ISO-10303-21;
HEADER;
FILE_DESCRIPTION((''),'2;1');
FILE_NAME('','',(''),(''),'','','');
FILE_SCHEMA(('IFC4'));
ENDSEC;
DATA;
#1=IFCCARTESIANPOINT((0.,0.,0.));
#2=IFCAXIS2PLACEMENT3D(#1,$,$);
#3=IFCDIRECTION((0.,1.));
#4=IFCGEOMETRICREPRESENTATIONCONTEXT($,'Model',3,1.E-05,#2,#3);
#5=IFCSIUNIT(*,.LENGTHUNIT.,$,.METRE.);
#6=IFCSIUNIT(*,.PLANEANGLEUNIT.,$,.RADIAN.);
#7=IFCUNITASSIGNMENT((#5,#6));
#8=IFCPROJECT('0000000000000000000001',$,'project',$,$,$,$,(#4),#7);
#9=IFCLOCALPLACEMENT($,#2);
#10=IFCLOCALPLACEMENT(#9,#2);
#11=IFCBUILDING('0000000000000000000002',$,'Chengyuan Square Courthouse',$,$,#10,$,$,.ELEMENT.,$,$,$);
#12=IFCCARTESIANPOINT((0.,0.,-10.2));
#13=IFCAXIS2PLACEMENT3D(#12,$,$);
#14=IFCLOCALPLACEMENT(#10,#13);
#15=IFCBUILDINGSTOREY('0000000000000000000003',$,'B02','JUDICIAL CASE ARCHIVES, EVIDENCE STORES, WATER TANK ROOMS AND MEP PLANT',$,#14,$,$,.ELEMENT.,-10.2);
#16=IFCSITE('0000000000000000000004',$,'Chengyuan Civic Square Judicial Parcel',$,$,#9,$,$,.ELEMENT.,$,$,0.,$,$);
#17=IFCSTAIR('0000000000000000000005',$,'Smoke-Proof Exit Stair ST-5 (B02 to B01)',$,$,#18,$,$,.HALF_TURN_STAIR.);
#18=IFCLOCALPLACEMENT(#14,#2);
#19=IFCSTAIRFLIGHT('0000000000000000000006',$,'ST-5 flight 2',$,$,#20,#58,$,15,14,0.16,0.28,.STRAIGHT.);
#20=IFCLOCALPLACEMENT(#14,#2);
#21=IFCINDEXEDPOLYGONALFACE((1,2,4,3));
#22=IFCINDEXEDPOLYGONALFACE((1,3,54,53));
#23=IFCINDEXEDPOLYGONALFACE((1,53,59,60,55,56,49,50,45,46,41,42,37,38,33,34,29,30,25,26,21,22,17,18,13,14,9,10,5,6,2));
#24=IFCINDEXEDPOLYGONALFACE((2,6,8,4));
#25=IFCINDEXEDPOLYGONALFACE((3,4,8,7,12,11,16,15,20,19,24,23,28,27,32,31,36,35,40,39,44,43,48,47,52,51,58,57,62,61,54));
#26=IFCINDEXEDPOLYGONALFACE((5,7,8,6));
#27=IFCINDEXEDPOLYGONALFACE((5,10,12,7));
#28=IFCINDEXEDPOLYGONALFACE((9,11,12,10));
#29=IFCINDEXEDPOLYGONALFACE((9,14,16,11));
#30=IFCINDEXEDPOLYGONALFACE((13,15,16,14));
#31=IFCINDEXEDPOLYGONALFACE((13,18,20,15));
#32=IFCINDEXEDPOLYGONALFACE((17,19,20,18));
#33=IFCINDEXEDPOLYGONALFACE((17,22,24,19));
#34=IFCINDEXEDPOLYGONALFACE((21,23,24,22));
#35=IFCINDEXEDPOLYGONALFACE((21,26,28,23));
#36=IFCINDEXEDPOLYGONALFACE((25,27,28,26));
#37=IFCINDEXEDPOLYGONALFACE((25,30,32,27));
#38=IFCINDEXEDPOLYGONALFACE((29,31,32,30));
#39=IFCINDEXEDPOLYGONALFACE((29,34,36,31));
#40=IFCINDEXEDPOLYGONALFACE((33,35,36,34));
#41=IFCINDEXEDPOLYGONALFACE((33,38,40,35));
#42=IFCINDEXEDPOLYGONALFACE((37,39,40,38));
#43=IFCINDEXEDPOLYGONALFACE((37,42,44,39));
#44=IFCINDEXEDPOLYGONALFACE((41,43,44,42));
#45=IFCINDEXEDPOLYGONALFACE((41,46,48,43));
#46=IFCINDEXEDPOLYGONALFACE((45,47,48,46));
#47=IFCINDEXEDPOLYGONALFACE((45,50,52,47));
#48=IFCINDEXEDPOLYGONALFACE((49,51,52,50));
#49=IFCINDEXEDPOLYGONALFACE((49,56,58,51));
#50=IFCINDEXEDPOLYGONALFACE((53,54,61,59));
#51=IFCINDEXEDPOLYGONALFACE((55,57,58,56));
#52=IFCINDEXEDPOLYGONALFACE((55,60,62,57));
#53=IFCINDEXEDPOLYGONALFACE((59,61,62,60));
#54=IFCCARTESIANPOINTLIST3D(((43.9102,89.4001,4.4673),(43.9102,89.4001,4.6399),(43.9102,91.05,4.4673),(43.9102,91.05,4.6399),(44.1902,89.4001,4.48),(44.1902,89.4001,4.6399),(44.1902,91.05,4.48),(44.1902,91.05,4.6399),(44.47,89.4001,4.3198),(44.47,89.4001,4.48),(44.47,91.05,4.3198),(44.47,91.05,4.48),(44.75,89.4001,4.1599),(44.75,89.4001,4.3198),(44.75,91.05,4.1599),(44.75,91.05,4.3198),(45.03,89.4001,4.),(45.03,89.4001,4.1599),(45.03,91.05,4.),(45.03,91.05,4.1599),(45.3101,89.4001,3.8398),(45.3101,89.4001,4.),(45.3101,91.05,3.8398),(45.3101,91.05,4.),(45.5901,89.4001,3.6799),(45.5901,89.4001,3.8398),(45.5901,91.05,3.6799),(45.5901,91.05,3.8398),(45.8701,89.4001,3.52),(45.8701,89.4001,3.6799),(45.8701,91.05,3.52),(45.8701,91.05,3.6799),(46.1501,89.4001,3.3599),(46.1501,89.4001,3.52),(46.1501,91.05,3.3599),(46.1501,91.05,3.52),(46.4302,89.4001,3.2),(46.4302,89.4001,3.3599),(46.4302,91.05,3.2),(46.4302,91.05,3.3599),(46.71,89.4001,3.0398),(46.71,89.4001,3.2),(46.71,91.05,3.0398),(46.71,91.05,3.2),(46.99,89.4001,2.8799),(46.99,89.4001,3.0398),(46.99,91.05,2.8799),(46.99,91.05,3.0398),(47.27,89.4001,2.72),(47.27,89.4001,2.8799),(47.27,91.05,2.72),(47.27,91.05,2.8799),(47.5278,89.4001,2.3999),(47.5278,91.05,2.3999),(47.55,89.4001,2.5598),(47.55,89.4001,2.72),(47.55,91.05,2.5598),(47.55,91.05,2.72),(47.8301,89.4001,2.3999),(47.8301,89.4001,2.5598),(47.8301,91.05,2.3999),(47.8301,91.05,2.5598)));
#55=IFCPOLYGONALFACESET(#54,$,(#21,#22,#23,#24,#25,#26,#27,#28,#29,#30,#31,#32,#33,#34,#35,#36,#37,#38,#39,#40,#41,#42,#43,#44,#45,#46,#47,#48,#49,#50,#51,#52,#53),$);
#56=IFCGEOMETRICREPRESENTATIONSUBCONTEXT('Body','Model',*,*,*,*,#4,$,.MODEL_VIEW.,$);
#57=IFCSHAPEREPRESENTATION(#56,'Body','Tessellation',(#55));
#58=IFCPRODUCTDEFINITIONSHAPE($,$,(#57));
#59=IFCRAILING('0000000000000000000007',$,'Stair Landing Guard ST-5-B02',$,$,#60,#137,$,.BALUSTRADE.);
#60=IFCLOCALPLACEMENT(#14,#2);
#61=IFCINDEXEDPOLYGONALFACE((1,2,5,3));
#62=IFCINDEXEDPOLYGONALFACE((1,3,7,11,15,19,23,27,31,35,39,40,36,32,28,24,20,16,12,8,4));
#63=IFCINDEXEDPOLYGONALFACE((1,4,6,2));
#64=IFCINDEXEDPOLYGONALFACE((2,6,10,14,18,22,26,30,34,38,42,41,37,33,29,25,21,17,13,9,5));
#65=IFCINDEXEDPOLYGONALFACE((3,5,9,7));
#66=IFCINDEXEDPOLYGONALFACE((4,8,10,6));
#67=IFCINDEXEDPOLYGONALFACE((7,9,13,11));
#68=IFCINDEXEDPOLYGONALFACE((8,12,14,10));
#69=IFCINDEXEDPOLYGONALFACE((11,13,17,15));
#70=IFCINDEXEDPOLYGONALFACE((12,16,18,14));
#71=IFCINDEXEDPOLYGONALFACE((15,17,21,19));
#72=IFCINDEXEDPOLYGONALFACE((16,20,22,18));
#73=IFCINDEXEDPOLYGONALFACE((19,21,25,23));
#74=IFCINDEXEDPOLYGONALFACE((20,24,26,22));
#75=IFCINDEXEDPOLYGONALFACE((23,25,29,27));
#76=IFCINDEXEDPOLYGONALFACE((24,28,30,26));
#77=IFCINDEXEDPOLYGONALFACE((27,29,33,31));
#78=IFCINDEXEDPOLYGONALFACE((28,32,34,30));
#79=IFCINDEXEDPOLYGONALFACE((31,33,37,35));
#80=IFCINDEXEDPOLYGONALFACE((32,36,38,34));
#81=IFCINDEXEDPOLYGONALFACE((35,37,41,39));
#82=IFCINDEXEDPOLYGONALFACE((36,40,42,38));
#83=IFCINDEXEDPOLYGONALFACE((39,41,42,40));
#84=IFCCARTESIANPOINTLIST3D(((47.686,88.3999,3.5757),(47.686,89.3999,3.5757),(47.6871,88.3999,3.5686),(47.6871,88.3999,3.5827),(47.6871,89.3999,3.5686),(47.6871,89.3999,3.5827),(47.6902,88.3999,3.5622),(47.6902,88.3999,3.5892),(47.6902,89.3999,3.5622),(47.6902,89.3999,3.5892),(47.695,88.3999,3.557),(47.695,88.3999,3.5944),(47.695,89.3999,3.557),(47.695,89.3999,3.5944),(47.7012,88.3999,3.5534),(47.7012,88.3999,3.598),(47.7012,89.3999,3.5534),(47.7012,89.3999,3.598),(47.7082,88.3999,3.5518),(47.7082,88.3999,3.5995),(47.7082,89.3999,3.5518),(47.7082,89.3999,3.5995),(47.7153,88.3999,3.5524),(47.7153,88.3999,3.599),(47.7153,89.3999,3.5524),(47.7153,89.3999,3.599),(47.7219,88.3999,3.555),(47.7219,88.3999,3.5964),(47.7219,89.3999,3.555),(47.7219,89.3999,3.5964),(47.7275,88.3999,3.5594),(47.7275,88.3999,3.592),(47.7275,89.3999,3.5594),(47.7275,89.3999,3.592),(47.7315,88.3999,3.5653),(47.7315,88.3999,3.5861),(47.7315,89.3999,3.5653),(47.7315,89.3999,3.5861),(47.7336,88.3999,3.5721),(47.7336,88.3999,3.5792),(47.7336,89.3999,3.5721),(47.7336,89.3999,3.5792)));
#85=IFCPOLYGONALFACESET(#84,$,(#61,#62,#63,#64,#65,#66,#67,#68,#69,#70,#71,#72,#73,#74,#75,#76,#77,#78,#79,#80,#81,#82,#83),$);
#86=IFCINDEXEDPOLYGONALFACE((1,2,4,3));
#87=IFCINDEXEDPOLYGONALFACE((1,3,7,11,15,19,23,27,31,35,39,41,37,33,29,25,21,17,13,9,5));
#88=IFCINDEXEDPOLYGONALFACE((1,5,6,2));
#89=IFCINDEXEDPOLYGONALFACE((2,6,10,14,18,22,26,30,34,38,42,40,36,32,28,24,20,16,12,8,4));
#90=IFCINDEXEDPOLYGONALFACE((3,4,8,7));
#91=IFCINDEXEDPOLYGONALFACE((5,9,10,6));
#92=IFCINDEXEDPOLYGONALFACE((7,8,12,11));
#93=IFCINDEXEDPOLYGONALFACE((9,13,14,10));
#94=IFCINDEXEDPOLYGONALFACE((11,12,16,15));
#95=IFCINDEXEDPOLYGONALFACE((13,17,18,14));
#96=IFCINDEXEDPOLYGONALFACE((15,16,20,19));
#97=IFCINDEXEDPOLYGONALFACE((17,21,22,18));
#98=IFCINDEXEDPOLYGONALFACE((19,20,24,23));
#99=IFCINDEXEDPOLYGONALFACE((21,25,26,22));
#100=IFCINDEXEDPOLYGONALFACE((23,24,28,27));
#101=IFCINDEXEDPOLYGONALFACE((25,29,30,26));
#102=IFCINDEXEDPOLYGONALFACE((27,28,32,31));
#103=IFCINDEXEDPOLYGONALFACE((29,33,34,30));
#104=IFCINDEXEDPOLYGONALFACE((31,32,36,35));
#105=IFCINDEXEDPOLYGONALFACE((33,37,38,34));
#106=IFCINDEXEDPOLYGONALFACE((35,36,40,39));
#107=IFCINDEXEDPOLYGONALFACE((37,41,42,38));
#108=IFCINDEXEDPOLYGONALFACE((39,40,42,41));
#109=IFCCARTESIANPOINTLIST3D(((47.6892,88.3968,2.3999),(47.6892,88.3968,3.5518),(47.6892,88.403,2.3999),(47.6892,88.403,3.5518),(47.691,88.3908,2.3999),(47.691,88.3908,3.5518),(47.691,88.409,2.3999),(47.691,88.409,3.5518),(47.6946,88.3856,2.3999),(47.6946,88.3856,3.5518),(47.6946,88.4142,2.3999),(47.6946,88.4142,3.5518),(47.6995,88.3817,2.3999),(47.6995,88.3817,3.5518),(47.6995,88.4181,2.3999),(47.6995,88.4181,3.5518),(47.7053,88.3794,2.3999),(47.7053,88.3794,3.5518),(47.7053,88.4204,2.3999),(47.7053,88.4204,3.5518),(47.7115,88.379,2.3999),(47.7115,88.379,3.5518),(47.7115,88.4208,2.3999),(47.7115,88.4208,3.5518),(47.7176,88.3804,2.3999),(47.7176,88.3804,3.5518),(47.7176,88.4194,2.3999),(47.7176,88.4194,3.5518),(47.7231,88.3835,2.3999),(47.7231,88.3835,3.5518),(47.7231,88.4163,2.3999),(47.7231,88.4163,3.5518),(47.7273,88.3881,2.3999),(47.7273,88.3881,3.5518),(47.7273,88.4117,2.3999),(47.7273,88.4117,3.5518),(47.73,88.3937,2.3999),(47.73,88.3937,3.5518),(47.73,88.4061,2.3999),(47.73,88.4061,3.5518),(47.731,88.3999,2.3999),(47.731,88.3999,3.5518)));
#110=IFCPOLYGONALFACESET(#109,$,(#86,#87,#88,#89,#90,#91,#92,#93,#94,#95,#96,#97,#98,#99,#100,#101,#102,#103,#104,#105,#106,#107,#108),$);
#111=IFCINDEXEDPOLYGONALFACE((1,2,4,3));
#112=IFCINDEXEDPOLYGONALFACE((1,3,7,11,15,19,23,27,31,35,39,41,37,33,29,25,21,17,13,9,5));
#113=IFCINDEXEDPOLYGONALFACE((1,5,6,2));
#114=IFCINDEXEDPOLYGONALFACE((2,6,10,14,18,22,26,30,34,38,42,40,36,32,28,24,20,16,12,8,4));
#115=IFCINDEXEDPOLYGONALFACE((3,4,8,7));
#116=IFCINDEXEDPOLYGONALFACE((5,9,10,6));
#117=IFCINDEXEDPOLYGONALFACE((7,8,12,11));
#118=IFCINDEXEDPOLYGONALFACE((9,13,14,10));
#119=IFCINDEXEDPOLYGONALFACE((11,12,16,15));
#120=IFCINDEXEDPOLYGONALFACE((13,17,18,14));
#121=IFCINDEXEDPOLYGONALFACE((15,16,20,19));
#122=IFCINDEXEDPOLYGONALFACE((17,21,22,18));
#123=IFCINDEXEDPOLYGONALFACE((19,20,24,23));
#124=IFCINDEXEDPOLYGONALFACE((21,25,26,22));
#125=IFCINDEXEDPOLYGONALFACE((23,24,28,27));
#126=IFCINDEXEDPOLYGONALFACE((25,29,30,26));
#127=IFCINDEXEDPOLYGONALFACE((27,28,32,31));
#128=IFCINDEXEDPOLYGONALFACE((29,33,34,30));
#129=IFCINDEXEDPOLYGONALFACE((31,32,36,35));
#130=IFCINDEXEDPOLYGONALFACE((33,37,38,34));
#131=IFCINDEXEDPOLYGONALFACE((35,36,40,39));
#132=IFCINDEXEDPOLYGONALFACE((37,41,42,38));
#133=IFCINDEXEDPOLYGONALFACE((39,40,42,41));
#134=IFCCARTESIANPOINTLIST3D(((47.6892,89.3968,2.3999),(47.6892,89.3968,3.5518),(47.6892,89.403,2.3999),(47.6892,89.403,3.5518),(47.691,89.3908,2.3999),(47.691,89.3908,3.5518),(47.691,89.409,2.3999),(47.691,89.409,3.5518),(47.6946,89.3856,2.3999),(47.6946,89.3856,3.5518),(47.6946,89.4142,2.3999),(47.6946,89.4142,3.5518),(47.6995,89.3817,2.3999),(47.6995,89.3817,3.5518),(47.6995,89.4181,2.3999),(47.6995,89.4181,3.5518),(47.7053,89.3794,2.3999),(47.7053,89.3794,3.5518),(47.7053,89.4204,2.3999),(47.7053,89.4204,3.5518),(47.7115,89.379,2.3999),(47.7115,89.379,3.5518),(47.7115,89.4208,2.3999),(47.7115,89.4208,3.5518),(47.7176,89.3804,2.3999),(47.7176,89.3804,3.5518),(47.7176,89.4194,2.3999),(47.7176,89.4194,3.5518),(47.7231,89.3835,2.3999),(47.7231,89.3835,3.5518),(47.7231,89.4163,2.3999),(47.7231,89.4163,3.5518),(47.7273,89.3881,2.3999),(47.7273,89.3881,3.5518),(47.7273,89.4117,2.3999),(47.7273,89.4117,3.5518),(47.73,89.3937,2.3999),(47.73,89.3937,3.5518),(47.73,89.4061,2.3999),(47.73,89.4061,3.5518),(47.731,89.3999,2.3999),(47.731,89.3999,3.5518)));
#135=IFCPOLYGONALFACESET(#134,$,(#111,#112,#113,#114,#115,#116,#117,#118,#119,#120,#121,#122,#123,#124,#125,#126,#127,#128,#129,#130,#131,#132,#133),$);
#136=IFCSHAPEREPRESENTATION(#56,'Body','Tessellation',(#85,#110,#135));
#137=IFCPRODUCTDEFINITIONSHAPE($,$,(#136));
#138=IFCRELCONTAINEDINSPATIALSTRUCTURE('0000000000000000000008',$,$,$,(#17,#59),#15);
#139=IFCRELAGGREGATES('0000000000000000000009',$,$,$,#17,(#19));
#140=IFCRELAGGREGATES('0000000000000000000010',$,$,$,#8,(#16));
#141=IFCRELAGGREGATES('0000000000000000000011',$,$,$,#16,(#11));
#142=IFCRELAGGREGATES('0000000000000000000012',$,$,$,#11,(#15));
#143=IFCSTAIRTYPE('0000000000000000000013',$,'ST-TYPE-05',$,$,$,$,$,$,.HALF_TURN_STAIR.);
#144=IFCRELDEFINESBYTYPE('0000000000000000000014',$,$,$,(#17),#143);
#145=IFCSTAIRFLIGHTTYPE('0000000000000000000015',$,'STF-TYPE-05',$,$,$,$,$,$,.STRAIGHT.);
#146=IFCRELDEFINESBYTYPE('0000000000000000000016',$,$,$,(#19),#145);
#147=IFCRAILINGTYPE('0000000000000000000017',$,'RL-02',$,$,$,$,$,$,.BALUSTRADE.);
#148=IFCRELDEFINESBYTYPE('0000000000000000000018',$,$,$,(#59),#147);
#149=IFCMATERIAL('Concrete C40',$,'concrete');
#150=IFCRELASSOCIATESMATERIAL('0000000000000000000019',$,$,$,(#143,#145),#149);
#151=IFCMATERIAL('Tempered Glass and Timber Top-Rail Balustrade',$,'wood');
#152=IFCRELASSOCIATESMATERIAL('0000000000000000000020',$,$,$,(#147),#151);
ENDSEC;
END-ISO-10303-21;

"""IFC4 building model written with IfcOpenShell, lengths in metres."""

from ifc_helpers import new_model, si_unit, direction, frame, origin, origin_2d, place, context, subcontext, project, spatial, polyline, circle, outline, extrude, material, type_object, element, aggregate, save


model = new_model("IFC4")

# Units and contexts
model_context = context("Model", 3, precision=1e-05, world=origin(), true_north=direction((0.0, 1.0)))
body_context = subcontext(model_context, "Body", "Model", "MODEL_VIEW")
ifc_project = project(units=[si_unit("LENGTHUNIT", "METRE"), si_unit("PLANEANGLEUNIT", "RADIAN")], contexts=[model_context])

# Site, building, storey
site_placement = place(None, origin())
site = spatial("IfcSite", under=ifc_project, at=site_placement, Name="Chengyuan Civic Square Judicial Parcel", CompositionType="ELEMENT", RefElevation=0.0)
building_placement = place(site_placement, origin())
building = spatial("IfcBuilding", under=site, at=building_placement, Name="Chengyuan Square Courthouse", CompositionType="ELEMENT")
storey_placement = place(building_placement, frame((0.0, 0.0, -10.2)))
storey = spatial("IfcBuildingStorey", under=building, at=storey_placement, Name="B02", Description="JUDICIAL CASE ARCHIVES, EVIDENCE STORES, WATER TANK ROOMS AND MEP PLANT", CompositionType="ELEMENT", Elevation=-10.2)

# Shared definitions
ifc_material_1 = material(Name="Concrete C40", Category="concrete")

# Stair, stair flight
stair_type = type_object("IfcStairType", Name="ST-TYPE-05", PredefinedType="HALF_TURN_STAIR", material=ifc_material_1)
stair_placement = place(storey_placement, origin())
stair = element("IfcStair", 1, at=stair_placement, inside=storey, type_object=stair_type, Name="Smoke-Proof Exit Stair ST-5 (B02 to B01)", PredefinedType="HALF_TURN_STAIR")
stair_flight_type = type_object("IfcStairFlightType", Name="STF-TYPE-05", PredefinedType="STRAIGHT", material=ifc_material_1)
stair_flight_placement = place(storey_placement, frame((47.8301, 90.2251, 2.3999), z_axis=(0.0, 0.0, 1.0), x_axis=(-1.0, 0.0, 0.0)))
stair_flight = element("IfcStairFlight", 2, at=stair_flight_placement, type_object=stair_flight_type, Name="ST-5 flight 2", NumberOfRisers=15, NumberOfTreads=14, PredefinedType="STRAIGHT", RiserHeight=0.16, TreadLength=0.28, context=body_context, shape_type="SweptSolid", body=[
    extrude(outline(polyline([(0.0, 0.0), (0.0, 0.1599), (0.28, 0.1599), (0.28, 0.3201), (0.5601, 0.3201), (0.5601, 0.48), (0.8401, 0.48), (0.8401, 0.6399), (1.1201, 0.6399), (1.1201, 0.8), (1.3999, 0.8), (1.3999, 0.96), (1.6799, 0.96), (1.6799, 1.1201), (1.96, 1.1201), (1.96, 1.28), (2.24, 1.28), (2.24, 1.4399), (2.52, 1.4399), (2.52, 1.6001), (2.8, 1.6001), (2.8, 1.76), (3.0801, 1.76), (3.0801, 1.9199), (3.3601, 1.9199), (3.3601, 2.0801), (3.6399, 2.0801), (3.6399, 2.24), (3.9199, 2.24), (3.9199, 2.3999), (3.9199, 2.0674), (0.3022, 0.0), (0.0, 0.0)])), frame((0.0, 0.825, 0.0), z_axis=(0.0, -1.0, 0.0), x_axis=(1.0, 0.0, 0.0)), (0.0, 0.0, 1.0), 1.6499),
])
aggregate(stair, [stair_flight])

# Railing
ifc_material_2 = material(Name="Tempered Glass and Timber Top-Rail Balustrade", Category="wood")
railing_type_1 = type_object("IfcRailingType", Name="RL-02", PredefinedType="BALUSTRADE", material=ifc_material_2)
railing_1_placement = place(storey_placement, frame((47.71, 88.3999, 2.3999)))
element("IfcRailing", 3, at=railing_1_placement, inside=storey, type_object=railing_type_1, Name="Stair Landing Guard ST-5-B02", PredefinedType="BALUSTRADE", context=body_context, shape_type="SweptSolid", body=[
    extrude(circle(Radius=0.0239, at=origin_2d()), frame((0.0, 0.0, 1.1758), z_axis=(0.0, 1.0, 0.0), x_axis=(-1.0, 0.0, 0.0)), (0.0, 0.0, 1.0), 1.0),
    extrude(circle(Radius=0.021, at=origin_2d()), origin(), (0.0, 0.0, 1.0), 1.1519),
    extrude(circle(Radius=0.021, at=origin_2d()), frame((0.0, 1.0, 0.0)), (0.0, 0.0, 1.0), 1.1519),
])

save(model, "model.ifc")
